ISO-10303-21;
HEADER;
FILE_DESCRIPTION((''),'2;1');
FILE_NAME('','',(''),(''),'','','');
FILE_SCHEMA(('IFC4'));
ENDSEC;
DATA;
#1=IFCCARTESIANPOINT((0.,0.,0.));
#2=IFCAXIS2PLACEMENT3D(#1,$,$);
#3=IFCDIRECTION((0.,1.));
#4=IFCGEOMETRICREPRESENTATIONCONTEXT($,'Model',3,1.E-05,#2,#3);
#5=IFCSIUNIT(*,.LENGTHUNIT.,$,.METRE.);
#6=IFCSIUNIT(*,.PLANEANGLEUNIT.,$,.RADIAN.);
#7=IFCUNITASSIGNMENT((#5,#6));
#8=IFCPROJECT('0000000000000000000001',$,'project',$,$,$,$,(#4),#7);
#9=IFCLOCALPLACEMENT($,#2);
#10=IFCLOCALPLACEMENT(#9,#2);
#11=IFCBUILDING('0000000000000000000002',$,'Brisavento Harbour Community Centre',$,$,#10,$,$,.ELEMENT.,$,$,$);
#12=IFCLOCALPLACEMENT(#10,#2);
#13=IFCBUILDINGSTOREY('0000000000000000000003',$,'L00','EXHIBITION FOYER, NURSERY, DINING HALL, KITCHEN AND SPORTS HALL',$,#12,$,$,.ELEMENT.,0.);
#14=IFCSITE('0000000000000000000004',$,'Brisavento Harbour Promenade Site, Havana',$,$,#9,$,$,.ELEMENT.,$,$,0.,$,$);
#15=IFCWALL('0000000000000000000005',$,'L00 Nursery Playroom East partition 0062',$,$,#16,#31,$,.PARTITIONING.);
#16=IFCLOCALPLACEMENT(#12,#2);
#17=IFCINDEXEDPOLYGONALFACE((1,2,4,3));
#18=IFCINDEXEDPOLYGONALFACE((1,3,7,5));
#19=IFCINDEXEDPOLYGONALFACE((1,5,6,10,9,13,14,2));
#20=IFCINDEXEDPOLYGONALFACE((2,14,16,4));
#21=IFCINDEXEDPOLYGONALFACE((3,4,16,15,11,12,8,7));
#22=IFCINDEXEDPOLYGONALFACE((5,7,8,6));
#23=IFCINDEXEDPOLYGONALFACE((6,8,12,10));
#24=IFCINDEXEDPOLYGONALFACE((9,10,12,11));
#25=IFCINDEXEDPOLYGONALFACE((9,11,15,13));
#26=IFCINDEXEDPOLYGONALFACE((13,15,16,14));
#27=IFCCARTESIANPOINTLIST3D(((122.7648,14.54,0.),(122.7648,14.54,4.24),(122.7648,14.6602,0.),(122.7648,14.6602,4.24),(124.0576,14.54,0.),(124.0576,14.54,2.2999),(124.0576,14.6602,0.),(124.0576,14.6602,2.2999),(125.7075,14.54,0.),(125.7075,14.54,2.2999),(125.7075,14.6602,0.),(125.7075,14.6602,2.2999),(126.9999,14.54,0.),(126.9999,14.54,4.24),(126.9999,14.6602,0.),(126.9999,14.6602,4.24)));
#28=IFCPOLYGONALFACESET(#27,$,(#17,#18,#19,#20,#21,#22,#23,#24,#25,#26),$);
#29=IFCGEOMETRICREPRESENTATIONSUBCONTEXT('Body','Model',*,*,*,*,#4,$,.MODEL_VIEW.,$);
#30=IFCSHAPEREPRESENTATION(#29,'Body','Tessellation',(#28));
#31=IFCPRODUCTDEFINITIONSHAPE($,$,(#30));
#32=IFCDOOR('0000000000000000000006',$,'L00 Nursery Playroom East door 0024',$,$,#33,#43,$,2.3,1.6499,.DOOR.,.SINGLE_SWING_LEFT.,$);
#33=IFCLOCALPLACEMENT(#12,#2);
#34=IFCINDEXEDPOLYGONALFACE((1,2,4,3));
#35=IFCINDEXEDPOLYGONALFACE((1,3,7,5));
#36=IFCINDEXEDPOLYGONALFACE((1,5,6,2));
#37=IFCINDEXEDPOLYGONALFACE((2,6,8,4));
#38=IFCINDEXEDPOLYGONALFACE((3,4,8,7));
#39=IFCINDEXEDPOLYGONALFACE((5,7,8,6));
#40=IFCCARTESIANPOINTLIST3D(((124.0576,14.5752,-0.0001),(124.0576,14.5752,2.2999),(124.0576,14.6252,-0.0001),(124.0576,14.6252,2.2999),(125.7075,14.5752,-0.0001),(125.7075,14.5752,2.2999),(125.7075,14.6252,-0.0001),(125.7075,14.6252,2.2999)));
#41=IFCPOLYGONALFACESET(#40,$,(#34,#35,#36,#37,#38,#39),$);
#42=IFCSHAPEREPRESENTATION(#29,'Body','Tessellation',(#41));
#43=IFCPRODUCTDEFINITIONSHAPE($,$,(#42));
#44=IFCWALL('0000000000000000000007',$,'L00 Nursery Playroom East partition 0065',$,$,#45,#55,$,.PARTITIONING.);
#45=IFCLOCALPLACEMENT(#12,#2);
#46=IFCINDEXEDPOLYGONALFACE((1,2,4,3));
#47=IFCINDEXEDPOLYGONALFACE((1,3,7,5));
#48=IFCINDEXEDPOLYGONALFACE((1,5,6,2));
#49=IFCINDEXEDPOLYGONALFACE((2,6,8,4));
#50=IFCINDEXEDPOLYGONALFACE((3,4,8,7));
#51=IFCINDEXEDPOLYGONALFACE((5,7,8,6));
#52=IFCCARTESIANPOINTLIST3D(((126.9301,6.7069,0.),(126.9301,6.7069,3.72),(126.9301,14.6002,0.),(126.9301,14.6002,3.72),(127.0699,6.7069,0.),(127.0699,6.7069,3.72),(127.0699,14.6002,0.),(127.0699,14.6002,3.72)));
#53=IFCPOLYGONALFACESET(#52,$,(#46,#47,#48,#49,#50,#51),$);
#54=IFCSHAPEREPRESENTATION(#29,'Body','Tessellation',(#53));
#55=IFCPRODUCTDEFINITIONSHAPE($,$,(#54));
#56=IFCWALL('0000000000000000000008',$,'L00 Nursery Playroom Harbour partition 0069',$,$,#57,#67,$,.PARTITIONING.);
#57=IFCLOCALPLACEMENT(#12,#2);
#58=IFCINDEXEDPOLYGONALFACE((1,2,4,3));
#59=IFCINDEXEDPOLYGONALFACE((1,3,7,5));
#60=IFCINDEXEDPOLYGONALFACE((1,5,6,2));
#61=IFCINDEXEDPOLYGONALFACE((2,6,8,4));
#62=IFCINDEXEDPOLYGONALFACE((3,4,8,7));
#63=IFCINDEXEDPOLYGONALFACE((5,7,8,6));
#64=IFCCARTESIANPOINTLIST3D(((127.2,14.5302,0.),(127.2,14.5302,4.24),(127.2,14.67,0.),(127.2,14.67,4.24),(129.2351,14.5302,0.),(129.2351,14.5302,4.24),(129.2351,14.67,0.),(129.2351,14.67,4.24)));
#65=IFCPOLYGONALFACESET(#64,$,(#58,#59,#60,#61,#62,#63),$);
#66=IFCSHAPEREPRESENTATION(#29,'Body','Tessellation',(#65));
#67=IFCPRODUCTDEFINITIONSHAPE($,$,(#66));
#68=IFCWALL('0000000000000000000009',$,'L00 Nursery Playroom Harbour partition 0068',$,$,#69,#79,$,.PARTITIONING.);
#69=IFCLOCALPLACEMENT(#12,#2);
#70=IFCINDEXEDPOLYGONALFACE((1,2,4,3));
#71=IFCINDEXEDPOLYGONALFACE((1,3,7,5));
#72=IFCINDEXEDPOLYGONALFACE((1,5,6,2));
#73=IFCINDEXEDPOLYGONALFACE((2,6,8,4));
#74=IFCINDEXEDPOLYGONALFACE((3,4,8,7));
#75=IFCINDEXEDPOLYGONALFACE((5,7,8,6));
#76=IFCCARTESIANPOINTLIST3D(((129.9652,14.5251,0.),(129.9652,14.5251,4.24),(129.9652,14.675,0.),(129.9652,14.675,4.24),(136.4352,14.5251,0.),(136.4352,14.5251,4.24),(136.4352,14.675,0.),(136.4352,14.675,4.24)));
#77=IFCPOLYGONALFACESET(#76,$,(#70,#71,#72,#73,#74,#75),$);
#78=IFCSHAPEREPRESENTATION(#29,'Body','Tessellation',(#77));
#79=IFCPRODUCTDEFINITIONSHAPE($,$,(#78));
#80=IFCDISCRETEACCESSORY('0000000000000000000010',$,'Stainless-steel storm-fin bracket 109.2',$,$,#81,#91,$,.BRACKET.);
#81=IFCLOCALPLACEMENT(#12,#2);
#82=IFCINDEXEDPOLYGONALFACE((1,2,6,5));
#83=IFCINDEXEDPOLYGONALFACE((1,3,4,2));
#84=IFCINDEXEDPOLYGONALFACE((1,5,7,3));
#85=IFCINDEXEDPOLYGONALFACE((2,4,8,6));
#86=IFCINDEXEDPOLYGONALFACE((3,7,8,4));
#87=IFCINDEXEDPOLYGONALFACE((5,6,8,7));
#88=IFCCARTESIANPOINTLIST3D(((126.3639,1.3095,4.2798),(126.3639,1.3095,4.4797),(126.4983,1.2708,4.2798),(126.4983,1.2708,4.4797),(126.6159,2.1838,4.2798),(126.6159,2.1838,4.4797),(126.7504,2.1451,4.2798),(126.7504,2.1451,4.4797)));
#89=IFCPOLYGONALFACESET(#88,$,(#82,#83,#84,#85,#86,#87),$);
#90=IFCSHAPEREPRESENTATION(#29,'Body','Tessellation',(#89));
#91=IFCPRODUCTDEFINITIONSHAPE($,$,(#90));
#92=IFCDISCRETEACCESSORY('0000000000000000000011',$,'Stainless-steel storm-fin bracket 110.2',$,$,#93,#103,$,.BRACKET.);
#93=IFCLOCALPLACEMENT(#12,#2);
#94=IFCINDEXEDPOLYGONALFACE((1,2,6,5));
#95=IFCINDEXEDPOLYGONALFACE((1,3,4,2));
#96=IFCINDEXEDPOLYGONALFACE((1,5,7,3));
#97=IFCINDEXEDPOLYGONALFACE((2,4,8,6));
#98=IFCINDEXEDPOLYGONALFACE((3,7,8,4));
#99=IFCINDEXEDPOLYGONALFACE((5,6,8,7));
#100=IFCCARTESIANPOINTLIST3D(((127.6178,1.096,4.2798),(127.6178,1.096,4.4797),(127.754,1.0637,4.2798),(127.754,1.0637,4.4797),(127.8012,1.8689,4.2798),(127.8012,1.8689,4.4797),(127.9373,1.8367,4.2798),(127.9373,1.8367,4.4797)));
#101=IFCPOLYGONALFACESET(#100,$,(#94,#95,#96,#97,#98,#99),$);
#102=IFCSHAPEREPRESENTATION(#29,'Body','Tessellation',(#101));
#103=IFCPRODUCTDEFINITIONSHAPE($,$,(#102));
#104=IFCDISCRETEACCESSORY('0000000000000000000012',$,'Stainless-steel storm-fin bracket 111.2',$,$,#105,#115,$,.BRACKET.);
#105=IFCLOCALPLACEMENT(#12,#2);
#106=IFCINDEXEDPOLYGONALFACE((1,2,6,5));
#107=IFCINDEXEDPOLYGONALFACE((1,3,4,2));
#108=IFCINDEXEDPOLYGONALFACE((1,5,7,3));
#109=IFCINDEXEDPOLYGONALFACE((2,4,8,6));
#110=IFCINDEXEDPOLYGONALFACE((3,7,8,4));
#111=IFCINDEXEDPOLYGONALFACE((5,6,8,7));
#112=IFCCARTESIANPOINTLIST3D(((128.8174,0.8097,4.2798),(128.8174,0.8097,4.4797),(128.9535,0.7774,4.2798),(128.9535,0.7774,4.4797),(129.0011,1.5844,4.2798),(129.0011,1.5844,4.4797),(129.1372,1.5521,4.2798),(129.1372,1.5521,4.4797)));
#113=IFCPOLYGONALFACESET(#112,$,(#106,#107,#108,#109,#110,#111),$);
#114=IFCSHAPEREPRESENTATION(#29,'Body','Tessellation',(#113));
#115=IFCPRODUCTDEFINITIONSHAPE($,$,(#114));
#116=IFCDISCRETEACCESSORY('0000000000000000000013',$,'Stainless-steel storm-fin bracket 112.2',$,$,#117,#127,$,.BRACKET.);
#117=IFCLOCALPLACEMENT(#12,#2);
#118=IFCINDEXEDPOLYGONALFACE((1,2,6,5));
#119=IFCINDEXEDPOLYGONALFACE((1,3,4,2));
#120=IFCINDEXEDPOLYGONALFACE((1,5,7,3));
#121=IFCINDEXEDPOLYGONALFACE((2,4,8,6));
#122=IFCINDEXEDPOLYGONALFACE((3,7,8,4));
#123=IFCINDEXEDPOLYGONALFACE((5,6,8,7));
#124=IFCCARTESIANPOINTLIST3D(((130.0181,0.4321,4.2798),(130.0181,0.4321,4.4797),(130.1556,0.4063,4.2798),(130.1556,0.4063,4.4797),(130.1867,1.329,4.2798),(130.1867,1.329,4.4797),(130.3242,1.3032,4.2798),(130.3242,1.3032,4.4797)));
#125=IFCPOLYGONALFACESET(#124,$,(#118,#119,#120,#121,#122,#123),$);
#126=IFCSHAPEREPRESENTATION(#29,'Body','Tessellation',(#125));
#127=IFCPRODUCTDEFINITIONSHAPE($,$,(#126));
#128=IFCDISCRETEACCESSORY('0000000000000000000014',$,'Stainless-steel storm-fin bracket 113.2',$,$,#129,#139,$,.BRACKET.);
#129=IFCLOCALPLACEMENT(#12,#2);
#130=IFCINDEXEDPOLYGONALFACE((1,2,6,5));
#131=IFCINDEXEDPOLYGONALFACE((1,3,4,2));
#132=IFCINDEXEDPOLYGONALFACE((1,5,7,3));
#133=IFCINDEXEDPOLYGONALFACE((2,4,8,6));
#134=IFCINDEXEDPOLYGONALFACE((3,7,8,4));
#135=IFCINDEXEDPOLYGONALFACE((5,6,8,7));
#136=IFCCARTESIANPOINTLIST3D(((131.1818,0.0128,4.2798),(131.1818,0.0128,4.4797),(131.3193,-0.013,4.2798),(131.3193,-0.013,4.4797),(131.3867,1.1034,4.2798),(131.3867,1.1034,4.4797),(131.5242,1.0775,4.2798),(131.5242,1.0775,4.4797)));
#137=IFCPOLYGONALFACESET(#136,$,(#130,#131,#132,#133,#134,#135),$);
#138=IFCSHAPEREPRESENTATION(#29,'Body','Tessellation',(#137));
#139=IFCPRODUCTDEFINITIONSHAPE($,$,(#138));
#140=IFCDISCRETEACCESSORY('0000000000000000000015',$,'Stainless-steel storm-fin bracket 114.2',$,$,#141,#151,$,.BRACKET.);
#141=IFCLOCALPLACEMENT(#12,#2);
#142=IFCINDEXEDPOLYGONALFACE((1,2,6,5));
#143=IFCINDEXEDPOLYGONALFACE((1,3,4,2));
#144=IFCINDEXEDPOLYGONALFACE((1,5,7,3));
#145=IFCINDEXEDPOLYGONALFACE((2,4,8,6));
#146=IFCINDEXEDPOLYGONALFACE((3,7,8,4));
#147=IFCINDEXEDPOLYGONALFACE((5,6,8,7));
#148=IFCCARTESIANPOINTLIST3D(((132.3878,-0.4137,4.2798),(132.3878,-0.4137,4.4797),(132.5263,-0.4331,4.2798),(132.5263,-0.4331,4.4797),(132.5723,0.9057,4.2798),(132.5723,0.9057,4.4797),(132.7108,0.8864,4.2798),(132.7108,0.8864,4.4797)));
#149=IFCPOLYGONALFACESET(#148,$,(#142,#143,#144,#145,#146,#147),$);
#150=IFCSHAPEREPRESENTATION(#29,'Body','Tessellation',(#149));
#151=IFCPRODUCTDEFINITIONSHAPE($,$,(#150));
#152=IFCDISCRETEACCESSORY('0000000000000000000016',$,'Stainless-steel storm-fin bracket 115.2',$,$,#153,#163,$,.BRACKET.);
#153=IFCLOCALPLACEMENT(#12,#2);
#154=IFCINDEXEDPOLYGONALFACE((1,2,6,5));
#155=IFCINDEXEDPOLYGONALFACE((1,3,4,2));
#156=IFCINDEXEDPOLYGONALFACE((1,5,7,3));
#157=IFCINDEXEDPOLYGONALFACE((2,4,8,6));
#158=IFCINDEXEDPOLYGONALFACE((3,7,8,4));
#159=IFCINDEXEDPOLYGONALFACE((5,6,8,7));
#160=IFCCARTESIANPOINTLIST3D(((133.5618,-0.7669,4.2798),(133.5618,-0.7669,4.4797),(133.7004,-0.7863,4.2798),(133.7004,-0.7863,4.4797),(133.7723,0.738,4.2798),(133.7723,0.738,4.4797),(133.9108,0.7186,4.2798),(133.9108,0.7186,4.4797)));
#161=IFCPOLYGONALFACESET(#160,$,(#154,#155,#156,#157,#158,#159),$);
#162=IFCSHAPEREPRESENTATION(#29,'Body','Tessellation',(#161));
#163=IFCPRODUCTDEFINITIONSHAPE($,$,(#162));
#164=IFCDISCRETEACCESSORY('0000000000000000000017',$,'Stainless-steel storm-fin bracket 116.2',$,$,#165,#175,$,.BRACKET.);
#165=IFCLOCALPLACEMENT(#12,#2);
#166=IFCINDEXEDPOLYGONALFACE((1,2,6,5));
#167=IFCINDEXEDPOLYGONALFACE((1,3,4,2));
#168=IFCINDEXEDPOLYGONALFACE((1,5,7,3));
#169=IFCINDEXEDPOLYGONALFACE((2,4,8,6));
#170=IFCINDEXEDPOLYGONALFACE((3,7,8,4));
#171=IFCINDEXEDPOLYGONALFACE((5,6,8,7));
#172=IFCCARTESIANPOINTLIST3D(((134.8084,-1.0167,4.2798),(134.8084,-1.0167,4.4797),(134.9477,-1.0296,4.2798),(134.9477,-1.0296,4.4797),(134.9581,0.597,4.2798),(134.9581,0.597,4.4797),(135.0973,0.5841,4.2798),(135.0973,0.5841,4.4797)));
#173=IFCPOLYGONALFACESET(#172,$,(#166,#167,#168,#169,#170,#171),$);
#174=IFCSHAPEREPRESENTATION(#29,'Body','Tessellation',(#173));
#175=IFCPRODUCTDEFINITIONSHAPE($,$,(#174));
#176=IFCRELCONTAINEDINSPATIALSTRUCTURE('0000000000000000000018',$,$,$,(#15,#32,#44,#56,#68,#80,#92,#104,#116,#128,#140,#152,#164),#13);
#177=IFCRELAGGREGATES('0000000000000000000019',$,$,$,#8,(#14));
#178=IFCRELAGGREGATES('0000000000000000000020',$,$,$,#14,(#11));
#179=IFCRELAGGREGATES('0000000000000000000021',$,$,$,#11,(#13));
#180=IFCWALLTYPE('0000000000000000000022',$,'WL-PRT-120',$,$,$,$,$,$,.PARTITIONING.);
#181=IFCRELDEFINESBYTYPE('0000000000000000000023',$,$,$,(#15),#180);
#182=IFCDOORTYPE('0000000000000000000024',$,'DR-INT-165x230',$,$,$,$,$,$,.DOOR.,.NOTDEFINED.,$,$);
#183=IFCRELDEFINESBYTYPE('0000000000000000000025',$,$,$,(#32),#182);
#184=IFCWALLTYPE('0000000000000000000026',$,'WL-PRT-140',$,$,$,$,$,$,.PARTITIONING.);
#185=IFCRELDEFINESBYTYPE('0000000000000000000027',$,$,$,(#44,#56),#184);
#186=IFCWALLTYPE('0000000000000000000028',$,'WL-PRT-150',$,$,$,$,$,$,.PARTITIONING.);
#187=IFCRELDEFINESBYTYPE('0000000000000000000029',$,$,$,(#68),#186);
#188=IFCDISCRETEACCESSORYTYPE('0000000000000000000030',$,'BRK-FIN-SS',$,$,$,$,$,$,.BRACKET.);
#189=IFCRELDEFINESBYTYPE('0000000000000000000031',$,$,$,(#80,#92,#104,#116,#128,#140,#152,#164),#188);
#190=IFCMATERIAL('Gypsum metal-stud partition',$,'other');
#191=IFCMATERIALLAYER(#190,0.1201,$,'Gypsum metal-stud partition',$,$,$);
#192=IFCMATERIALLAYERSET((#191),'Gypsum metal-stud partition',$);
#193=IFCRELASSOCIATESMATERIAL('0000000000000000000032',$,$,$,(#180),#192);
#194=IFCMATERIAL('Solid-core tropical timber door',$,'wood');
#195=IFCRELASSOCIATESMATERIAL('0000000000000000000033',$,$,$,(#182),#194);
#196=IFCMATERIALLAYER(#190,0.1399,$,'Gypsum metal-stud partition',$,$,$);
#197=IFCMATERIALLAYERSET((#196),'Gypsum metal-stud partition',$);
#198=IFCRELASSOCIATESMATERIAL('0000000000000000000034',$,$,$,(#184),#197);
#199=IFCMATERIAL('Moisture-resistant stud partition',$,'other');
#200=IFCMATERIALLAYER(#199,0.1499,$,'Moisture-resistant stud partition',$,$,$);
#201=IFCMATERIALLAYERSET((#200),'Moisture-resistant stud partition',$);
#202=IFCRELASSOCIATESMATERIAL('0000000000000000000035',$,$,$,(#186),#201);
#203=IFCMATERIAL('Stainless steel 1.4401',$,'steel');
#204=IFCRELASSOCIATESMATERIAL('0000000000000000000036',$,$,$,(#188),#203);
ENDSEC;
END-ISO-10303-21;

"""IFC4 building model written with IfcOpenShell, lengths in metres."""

from ifc_helpers import new_model, si_unit, direction, frame, frame_2d, origin, origin_2d, place, context, subcontext, project, spatial, rectangle, extrude, material, layer, layer_set, type_object, element, fill, save


model = new_model("IFC4")

# Units and contexts
model_context = context("Model", 3, precision=1e-05, world=origin(), true_north=direction((0.0, 1.0)))
body_context = subcontext(model_context, "Body", "Model", "MODEL_VIEW")
ifc_project = project(units=[si_unit("LENGTHUNIT", "METRE"), si_unit("PLANEANGLEUNIT", "RADIAN")], contexts=[model_context])

# Site, building, storey
site_placement = place(None, origin())
site = spatial("IfcSite", under=ifc_project, at=site_placement, Name="Brisavento Harbour Promenade Site, Havana", CompositionType="ELEMENT", RefElevation=0.0)
building_placement = place(site_placement, origin())
building = spatial("IfcBuilding", under=site, at=building_placement, Name="Brisavento Harbour Community Centre", CompositionType="ELEMENT")
storey_placement = place(building_placement, origin())
storey = spatial("IfcBuildingStorey", under=building, at=storey_placement, Name="L00", Description="EXHIBITION FOYER, NURSERY, DINING HALL, KITCHEN AND SPORTS HALL", CompositionType="ELEMENT", Elevation=0.0)

# Wall, opening, door
ifc_material_1 = material(Name="Gypsum metal-stud partition", Category="other")
ifc_layer_1 = layer(ifc_material_1, 0.1201, Name="Gypsum metal-stud partition")
ifc_layer_set_1 = layer_set([ifc_layer_1], Name="Gypsum metal-stud partition")
wall_type_1 = type_object("IfcWallType", Name="WL-PRT-120", PredefinedType="PARTITIONING", material=ifc_layer_set_1)
wall_1_placement = place(storey_placement, frame((127.0, 14.6001, 0.0), z_axis=(0.0, 0.0, 1.0), x_axis=(-1.0, 0.0, 0.0)))
wall_1 = element("IfcWall", 1, at=wall_1_placement, inside=storey, type_object=wall_type_1, Name="L00 Nursery Playroom East partition 0062", PredefinedType="PARTITIONING", context=body_context, shape_type="SweptSolid", body=[
    extrude(rectangle(XDim=4.2351, YDim=0.1201, at=frame_2d((2.1177, 0.0))), origin(), (0.0, 0.0, 1.0), 4.24),
])
opening_placement = place(wall_1_placement, frame((1.2925, 0.0, 0.0)))
opening = element("IfcOpeningElement", 2, at=opening_placement, cuts=wall_1, PredefinedType="OPENING", context=body_context, shape_type="SweptSolid", body=[
    extrude(rectangle(XDim=1.6499, YDim=2.3, at=frame_2d((0.825, 1.1499))), frame((0.0, 0.0701, 0.0), z_axis=(0.0, -1.0, 0.0), x_axis=(1.0, 0.0, 0.0)), (0.0, 0.0, 1.0), 0.1401),
])
ifc_material_2 = material(Name="Solid-core tropical timber door", Category="wood")
door_type = type_object("IfcDoorType", Name="DR-INT-165x230", OperationType="NOTDEFINED", PredefinedType="DOOR", material=ifc_material_2)
door_placement = place(opening_placement, origin())
door = element("IfcDoor", 3, at=door_placement, inside=storey, type_object=door_type, Name="L00 Nursery Playroom East door 0024", OperationType="SINGLE_SWING_LEFT", OverallHeight=2.3, OverallWidth=1.6499, PredefinedType="DOOR", context=body_context, shape_type="SweptSolid", body=[
    extrude(rectangle(XDim=1.6499, YDim=2.3, at=frame_2d((0.825, 1.1499))), frame((0.0, 0.0249, 0.0), z_axis=(0.0, -1.0, 0.0), x_axis=(1.0, 0.0, 0.0)), (0.0, 0.0, 1.0), 0.05),
])
fill(opening, door)

# Walls
ifc_layer_2 = layer(ifc_material_1, 0.1399, Name="Gypsum metal-stud partition")
ifc_layer_set_2 = layer_set([ifc_layer_2], Name="Gypsum metal-stud partition")
wall_type_2 = type_object("IfcWallType", Name="WL-PRT-140", PredefinedType="PARTITIONING", material=ifc_layer_set_2)
wall_2_placement = place(storey_placement, frame((127.0, 6.7068, 0.0), z_axis=(0.0, 0.0, 1.0), x_axis=(0.0, 1.0, 0.0)))
element("IfcWall", 4, at=wall_2_placement, inside=storey, type_object=wall_type_2, Name="L00 Nursery Playroom East partition 0065", PredefinedType="PARTITIONING", context=body_context, shape_type="SweptSolid", body=[
    extrude(rectangle(XDim=7.8933, YDim=0.1399, at=frame_2d((3.9468, 0.0))), origin(), (0.0, 0.0, 1.0), 3.72),
])
wall_3_placement = place(storey_placement, frame((129.2351, 14.6001, 0.0), z_axis=(0.0, 0.0, 1.0), x_axis=(-1.0, 0.0, 0.0)))
element("IfcWall", 5, at=wall_3_placement, inside=storey, type_object=wall_type_2, Name="L00 Nursery Playroom Harbour partition 0069", PredefinedType="PARTITIONING", context=body_context, shape_type="SweptSolid", body=[
    extrude(rectangle(XDim=2.0352, YDim=0.1399, at=frame_2d((1.0176, 0.0))), origin(), (0.0, 0.0, 1.0), 4.24),
])
ifc_material_3 = material(Name="Moisture-resistant stud partition", Category="other")
ifc_layer_3 = layer(ifc_material_3, 0.1499, Name="Moisture-resistant stud partition")
ifc_layer_set_3 = layer_set([ifc_layer_3], Name="Moisture-resistant stud partition")
wall_type_3 = type_object("IfcWallType", Name="WL-PRT-150", PredefinedType="PARTITIONING", material=ifc_layer_set_3)
wall_4_placement = place(storey_placement, frame((136.4351, 14.6001, 0.0), z_axis=(0.0, 0.0, 1.0), x_axis=(-1.0, 0.0, 0.0)))
element("IfcWall", 6, at=wall_4_placement, inside=storey, type_object=wall_type_3, Name="L00 Nursery Playroom Harbour partition 0068", PredefinedType="PARTITIONING", context=body_context, shape_type="SweptSolid", body=[
    extrude(rectangle(XDim=6.47, YDim=0.1499, at=frame_2d((3.2349, 0.0))), origin(), (0.0, 0.0, 1.0), 4.24),
])

# Discrete accessories
ifc_material_4 = material(Name="Stainless steel 1.4401", Category="steel")
discrete_accessory_type = type_object("IfcDiscreteAccessoryType", Name="BRK-FIN-SS", PredefinedType="BRACKET", material=ifc_material_4)
discrete_accessory_1_placement = place(storey_placement, frame((126.5571, 1.7273, 4.2798), z_axis=(0.0, 0.0, 1.0), x_axis=(-0.276996, -0.960871, 0.0)))
element("IfcDiscreteAccessory", 7, at=discrete_accessory_1_placement, inside=storey, type_object=discrete_accessory_type, Name="Stainless-steel storm-fin bracket 109.2", PredefinedType="BRACKET", context=body_context, shape_type="SweptSolid", body=[
    extrude(rectangle(XDim=0.9099, YDim=0.1399, at=origin_2d()), origin(), (0.0, 0.0, 1.0), 0.2),
])
discrete_accessory_2_placement = place(storey_placement, frame((127.7776, 1.4663, 4.2798), z_axis=(0.0, 0.0, 1.0), x_axis=(-0.230831, -0.972994, 0.0)))
element("IfcDiscreteAccessory", 8, at=discrete_accessory_2_placement, inside=storey, type_object=discrete_accessory_type, Name="Stainless-steel storm-fin bracket 110.2", PredefinedType="BRACKET", context=body_context, shape_type="SweptSolid", body=[
    extrude(rectangle(XDim=0.7944, YDim=0.1399, at=origin_2d()), origin(), (0.0, 0.0, 1.0), 0.2),
])
discrete_accessory_3_placement = place(storey_placement, frame((128.9773, 1.1809, 4.2798), z_axis=(0.0, 0.0, 1.0), x_axis=(-0.230831, -0.972994, 0.0)))
element("IfcDiscreteAccessory", 9, at=discrete_accessory_3_placement, inside=storey, type_object=discrete_accessory_type, Name="Stainless-steel storm-fin bracket 111.2", PredefinedType="BRACKET", context=body_context, shape_type="SweptSolid", body=[
    extrude(rectangle(XDim=0.7961, YDim=0.1399, at=origin_2d()), origin(), (0.0, 0.0, 1.0), 0.2),
])
discrete_accessory_4_placement = place(storey_placement, frame((130.1711, 0.8677, 4.2798), z_axis=(0.0, 0.0, 1.0), x_axis=(-0.184672, -0.9828, 0.0)))
element("IfcDiscreteAccessory", 10, at=discrete_accessory_4_placement, inside=storey, type_object=discrete_accessory_type, Name="Stainless-steel storm-fin bracket 112.2", PredefinedType="BRACKET", context=body_context, shape_type="SweptSolid", body=[
    extrude(rectangle(XDim=0.9126, YDim=0.1399, at=origin_2d()), origin(), (0.0, 0.0, 1.0), 0.2),
])
discrete_accessory_5_placement = place(storey_placement, frame((131.353, 0.5452, 4.2798), z_axis=(0.0, 0.0, 1.0), x_axis=(-0.184672, -0.9828, 0.0)))
element("IfcDiscreteAccessory", 11, at=discrete_accessory_5_placement, inside=storey, type_object=discrete_accessory_type, Name="Stainless-steel storm-fin bracket 113.2", PredefinedType="BRACKET", context=body_context, shape_type="SweptSolid", body=[
    extrude(rectangle(XDim=1.1096, YDim=0.1399, at=origin_2d()), origin(), (0.0, 0.0, 1.0), 0.2),
])
discrete_accessory_6_placement = place(storey_placement, frame((132.5493, 0.2363, 4.2798), z_axis=(0.0, 0.0, 1.0), x_axis=(-0.138499, -0.990363, 0.0)))
element("IfcDiscreteAccessory", 12, at=discrete_accessory_6_placement, inside=storey, type_object=discrete_accessory_type, Name="Stainless-steel storm-fin bracket 114.2", PredefinedType="BRACKET", context=body_context, shape_type="SweptSolid", body=[
    extrude(rectangle(XDim=1.3323, YDim=0.1399, at=origin_2d()), origin(), (0.0, 0.0, 1.0), 0.2),
])
discrete_accessory_7_placement = place(storey_placement, frame((133.7363, -0.0242, 4.2798), z_axis=(0.0, 0.0, 1.0), x_axis=(-0.138499, -0.990363, 0.0)))
element("IfcDiscreteAccessory", 13, at=discrete_accessory_7_placement, inside=storey, type_object=discrete_accessory_type, Name="Stainless-steel storm-fin bracket 115.2", PredefinedType="BRACKET", context=body_context, shape_type="SweptSolid", body=[
    extrude(rectangle(XDim=1.5195, YDim=0.1399, at=origin_2d()), origin(), (0.0, 0.0, 1.0), 0.2),
])
discrete_accessory_8_placement = place(storey_placement, frame((134.9529, -0.2163, 4.2798), z_axis=(0.0, 0.0, 1.0), x_axis=(-0.092336, -0.995728, 0.0)))
element("IfcDiscreteAccessory", 14, at=discrete_accessory_8_placement, inside=storey, type_object=discrete_accessory_type, Name="Stainless-steel storm-fin bracket 116.2", PredefinedType="BRACKET", context=body_context, shape_type="SweptSolid", body=[
    extrude(rectangle(XDim=1.6206, YDim=0.1399, at=origin_2d()), origin(), (0.0, 0.0, 1.0), 0.2),
])

save(model, "model.ifc")
